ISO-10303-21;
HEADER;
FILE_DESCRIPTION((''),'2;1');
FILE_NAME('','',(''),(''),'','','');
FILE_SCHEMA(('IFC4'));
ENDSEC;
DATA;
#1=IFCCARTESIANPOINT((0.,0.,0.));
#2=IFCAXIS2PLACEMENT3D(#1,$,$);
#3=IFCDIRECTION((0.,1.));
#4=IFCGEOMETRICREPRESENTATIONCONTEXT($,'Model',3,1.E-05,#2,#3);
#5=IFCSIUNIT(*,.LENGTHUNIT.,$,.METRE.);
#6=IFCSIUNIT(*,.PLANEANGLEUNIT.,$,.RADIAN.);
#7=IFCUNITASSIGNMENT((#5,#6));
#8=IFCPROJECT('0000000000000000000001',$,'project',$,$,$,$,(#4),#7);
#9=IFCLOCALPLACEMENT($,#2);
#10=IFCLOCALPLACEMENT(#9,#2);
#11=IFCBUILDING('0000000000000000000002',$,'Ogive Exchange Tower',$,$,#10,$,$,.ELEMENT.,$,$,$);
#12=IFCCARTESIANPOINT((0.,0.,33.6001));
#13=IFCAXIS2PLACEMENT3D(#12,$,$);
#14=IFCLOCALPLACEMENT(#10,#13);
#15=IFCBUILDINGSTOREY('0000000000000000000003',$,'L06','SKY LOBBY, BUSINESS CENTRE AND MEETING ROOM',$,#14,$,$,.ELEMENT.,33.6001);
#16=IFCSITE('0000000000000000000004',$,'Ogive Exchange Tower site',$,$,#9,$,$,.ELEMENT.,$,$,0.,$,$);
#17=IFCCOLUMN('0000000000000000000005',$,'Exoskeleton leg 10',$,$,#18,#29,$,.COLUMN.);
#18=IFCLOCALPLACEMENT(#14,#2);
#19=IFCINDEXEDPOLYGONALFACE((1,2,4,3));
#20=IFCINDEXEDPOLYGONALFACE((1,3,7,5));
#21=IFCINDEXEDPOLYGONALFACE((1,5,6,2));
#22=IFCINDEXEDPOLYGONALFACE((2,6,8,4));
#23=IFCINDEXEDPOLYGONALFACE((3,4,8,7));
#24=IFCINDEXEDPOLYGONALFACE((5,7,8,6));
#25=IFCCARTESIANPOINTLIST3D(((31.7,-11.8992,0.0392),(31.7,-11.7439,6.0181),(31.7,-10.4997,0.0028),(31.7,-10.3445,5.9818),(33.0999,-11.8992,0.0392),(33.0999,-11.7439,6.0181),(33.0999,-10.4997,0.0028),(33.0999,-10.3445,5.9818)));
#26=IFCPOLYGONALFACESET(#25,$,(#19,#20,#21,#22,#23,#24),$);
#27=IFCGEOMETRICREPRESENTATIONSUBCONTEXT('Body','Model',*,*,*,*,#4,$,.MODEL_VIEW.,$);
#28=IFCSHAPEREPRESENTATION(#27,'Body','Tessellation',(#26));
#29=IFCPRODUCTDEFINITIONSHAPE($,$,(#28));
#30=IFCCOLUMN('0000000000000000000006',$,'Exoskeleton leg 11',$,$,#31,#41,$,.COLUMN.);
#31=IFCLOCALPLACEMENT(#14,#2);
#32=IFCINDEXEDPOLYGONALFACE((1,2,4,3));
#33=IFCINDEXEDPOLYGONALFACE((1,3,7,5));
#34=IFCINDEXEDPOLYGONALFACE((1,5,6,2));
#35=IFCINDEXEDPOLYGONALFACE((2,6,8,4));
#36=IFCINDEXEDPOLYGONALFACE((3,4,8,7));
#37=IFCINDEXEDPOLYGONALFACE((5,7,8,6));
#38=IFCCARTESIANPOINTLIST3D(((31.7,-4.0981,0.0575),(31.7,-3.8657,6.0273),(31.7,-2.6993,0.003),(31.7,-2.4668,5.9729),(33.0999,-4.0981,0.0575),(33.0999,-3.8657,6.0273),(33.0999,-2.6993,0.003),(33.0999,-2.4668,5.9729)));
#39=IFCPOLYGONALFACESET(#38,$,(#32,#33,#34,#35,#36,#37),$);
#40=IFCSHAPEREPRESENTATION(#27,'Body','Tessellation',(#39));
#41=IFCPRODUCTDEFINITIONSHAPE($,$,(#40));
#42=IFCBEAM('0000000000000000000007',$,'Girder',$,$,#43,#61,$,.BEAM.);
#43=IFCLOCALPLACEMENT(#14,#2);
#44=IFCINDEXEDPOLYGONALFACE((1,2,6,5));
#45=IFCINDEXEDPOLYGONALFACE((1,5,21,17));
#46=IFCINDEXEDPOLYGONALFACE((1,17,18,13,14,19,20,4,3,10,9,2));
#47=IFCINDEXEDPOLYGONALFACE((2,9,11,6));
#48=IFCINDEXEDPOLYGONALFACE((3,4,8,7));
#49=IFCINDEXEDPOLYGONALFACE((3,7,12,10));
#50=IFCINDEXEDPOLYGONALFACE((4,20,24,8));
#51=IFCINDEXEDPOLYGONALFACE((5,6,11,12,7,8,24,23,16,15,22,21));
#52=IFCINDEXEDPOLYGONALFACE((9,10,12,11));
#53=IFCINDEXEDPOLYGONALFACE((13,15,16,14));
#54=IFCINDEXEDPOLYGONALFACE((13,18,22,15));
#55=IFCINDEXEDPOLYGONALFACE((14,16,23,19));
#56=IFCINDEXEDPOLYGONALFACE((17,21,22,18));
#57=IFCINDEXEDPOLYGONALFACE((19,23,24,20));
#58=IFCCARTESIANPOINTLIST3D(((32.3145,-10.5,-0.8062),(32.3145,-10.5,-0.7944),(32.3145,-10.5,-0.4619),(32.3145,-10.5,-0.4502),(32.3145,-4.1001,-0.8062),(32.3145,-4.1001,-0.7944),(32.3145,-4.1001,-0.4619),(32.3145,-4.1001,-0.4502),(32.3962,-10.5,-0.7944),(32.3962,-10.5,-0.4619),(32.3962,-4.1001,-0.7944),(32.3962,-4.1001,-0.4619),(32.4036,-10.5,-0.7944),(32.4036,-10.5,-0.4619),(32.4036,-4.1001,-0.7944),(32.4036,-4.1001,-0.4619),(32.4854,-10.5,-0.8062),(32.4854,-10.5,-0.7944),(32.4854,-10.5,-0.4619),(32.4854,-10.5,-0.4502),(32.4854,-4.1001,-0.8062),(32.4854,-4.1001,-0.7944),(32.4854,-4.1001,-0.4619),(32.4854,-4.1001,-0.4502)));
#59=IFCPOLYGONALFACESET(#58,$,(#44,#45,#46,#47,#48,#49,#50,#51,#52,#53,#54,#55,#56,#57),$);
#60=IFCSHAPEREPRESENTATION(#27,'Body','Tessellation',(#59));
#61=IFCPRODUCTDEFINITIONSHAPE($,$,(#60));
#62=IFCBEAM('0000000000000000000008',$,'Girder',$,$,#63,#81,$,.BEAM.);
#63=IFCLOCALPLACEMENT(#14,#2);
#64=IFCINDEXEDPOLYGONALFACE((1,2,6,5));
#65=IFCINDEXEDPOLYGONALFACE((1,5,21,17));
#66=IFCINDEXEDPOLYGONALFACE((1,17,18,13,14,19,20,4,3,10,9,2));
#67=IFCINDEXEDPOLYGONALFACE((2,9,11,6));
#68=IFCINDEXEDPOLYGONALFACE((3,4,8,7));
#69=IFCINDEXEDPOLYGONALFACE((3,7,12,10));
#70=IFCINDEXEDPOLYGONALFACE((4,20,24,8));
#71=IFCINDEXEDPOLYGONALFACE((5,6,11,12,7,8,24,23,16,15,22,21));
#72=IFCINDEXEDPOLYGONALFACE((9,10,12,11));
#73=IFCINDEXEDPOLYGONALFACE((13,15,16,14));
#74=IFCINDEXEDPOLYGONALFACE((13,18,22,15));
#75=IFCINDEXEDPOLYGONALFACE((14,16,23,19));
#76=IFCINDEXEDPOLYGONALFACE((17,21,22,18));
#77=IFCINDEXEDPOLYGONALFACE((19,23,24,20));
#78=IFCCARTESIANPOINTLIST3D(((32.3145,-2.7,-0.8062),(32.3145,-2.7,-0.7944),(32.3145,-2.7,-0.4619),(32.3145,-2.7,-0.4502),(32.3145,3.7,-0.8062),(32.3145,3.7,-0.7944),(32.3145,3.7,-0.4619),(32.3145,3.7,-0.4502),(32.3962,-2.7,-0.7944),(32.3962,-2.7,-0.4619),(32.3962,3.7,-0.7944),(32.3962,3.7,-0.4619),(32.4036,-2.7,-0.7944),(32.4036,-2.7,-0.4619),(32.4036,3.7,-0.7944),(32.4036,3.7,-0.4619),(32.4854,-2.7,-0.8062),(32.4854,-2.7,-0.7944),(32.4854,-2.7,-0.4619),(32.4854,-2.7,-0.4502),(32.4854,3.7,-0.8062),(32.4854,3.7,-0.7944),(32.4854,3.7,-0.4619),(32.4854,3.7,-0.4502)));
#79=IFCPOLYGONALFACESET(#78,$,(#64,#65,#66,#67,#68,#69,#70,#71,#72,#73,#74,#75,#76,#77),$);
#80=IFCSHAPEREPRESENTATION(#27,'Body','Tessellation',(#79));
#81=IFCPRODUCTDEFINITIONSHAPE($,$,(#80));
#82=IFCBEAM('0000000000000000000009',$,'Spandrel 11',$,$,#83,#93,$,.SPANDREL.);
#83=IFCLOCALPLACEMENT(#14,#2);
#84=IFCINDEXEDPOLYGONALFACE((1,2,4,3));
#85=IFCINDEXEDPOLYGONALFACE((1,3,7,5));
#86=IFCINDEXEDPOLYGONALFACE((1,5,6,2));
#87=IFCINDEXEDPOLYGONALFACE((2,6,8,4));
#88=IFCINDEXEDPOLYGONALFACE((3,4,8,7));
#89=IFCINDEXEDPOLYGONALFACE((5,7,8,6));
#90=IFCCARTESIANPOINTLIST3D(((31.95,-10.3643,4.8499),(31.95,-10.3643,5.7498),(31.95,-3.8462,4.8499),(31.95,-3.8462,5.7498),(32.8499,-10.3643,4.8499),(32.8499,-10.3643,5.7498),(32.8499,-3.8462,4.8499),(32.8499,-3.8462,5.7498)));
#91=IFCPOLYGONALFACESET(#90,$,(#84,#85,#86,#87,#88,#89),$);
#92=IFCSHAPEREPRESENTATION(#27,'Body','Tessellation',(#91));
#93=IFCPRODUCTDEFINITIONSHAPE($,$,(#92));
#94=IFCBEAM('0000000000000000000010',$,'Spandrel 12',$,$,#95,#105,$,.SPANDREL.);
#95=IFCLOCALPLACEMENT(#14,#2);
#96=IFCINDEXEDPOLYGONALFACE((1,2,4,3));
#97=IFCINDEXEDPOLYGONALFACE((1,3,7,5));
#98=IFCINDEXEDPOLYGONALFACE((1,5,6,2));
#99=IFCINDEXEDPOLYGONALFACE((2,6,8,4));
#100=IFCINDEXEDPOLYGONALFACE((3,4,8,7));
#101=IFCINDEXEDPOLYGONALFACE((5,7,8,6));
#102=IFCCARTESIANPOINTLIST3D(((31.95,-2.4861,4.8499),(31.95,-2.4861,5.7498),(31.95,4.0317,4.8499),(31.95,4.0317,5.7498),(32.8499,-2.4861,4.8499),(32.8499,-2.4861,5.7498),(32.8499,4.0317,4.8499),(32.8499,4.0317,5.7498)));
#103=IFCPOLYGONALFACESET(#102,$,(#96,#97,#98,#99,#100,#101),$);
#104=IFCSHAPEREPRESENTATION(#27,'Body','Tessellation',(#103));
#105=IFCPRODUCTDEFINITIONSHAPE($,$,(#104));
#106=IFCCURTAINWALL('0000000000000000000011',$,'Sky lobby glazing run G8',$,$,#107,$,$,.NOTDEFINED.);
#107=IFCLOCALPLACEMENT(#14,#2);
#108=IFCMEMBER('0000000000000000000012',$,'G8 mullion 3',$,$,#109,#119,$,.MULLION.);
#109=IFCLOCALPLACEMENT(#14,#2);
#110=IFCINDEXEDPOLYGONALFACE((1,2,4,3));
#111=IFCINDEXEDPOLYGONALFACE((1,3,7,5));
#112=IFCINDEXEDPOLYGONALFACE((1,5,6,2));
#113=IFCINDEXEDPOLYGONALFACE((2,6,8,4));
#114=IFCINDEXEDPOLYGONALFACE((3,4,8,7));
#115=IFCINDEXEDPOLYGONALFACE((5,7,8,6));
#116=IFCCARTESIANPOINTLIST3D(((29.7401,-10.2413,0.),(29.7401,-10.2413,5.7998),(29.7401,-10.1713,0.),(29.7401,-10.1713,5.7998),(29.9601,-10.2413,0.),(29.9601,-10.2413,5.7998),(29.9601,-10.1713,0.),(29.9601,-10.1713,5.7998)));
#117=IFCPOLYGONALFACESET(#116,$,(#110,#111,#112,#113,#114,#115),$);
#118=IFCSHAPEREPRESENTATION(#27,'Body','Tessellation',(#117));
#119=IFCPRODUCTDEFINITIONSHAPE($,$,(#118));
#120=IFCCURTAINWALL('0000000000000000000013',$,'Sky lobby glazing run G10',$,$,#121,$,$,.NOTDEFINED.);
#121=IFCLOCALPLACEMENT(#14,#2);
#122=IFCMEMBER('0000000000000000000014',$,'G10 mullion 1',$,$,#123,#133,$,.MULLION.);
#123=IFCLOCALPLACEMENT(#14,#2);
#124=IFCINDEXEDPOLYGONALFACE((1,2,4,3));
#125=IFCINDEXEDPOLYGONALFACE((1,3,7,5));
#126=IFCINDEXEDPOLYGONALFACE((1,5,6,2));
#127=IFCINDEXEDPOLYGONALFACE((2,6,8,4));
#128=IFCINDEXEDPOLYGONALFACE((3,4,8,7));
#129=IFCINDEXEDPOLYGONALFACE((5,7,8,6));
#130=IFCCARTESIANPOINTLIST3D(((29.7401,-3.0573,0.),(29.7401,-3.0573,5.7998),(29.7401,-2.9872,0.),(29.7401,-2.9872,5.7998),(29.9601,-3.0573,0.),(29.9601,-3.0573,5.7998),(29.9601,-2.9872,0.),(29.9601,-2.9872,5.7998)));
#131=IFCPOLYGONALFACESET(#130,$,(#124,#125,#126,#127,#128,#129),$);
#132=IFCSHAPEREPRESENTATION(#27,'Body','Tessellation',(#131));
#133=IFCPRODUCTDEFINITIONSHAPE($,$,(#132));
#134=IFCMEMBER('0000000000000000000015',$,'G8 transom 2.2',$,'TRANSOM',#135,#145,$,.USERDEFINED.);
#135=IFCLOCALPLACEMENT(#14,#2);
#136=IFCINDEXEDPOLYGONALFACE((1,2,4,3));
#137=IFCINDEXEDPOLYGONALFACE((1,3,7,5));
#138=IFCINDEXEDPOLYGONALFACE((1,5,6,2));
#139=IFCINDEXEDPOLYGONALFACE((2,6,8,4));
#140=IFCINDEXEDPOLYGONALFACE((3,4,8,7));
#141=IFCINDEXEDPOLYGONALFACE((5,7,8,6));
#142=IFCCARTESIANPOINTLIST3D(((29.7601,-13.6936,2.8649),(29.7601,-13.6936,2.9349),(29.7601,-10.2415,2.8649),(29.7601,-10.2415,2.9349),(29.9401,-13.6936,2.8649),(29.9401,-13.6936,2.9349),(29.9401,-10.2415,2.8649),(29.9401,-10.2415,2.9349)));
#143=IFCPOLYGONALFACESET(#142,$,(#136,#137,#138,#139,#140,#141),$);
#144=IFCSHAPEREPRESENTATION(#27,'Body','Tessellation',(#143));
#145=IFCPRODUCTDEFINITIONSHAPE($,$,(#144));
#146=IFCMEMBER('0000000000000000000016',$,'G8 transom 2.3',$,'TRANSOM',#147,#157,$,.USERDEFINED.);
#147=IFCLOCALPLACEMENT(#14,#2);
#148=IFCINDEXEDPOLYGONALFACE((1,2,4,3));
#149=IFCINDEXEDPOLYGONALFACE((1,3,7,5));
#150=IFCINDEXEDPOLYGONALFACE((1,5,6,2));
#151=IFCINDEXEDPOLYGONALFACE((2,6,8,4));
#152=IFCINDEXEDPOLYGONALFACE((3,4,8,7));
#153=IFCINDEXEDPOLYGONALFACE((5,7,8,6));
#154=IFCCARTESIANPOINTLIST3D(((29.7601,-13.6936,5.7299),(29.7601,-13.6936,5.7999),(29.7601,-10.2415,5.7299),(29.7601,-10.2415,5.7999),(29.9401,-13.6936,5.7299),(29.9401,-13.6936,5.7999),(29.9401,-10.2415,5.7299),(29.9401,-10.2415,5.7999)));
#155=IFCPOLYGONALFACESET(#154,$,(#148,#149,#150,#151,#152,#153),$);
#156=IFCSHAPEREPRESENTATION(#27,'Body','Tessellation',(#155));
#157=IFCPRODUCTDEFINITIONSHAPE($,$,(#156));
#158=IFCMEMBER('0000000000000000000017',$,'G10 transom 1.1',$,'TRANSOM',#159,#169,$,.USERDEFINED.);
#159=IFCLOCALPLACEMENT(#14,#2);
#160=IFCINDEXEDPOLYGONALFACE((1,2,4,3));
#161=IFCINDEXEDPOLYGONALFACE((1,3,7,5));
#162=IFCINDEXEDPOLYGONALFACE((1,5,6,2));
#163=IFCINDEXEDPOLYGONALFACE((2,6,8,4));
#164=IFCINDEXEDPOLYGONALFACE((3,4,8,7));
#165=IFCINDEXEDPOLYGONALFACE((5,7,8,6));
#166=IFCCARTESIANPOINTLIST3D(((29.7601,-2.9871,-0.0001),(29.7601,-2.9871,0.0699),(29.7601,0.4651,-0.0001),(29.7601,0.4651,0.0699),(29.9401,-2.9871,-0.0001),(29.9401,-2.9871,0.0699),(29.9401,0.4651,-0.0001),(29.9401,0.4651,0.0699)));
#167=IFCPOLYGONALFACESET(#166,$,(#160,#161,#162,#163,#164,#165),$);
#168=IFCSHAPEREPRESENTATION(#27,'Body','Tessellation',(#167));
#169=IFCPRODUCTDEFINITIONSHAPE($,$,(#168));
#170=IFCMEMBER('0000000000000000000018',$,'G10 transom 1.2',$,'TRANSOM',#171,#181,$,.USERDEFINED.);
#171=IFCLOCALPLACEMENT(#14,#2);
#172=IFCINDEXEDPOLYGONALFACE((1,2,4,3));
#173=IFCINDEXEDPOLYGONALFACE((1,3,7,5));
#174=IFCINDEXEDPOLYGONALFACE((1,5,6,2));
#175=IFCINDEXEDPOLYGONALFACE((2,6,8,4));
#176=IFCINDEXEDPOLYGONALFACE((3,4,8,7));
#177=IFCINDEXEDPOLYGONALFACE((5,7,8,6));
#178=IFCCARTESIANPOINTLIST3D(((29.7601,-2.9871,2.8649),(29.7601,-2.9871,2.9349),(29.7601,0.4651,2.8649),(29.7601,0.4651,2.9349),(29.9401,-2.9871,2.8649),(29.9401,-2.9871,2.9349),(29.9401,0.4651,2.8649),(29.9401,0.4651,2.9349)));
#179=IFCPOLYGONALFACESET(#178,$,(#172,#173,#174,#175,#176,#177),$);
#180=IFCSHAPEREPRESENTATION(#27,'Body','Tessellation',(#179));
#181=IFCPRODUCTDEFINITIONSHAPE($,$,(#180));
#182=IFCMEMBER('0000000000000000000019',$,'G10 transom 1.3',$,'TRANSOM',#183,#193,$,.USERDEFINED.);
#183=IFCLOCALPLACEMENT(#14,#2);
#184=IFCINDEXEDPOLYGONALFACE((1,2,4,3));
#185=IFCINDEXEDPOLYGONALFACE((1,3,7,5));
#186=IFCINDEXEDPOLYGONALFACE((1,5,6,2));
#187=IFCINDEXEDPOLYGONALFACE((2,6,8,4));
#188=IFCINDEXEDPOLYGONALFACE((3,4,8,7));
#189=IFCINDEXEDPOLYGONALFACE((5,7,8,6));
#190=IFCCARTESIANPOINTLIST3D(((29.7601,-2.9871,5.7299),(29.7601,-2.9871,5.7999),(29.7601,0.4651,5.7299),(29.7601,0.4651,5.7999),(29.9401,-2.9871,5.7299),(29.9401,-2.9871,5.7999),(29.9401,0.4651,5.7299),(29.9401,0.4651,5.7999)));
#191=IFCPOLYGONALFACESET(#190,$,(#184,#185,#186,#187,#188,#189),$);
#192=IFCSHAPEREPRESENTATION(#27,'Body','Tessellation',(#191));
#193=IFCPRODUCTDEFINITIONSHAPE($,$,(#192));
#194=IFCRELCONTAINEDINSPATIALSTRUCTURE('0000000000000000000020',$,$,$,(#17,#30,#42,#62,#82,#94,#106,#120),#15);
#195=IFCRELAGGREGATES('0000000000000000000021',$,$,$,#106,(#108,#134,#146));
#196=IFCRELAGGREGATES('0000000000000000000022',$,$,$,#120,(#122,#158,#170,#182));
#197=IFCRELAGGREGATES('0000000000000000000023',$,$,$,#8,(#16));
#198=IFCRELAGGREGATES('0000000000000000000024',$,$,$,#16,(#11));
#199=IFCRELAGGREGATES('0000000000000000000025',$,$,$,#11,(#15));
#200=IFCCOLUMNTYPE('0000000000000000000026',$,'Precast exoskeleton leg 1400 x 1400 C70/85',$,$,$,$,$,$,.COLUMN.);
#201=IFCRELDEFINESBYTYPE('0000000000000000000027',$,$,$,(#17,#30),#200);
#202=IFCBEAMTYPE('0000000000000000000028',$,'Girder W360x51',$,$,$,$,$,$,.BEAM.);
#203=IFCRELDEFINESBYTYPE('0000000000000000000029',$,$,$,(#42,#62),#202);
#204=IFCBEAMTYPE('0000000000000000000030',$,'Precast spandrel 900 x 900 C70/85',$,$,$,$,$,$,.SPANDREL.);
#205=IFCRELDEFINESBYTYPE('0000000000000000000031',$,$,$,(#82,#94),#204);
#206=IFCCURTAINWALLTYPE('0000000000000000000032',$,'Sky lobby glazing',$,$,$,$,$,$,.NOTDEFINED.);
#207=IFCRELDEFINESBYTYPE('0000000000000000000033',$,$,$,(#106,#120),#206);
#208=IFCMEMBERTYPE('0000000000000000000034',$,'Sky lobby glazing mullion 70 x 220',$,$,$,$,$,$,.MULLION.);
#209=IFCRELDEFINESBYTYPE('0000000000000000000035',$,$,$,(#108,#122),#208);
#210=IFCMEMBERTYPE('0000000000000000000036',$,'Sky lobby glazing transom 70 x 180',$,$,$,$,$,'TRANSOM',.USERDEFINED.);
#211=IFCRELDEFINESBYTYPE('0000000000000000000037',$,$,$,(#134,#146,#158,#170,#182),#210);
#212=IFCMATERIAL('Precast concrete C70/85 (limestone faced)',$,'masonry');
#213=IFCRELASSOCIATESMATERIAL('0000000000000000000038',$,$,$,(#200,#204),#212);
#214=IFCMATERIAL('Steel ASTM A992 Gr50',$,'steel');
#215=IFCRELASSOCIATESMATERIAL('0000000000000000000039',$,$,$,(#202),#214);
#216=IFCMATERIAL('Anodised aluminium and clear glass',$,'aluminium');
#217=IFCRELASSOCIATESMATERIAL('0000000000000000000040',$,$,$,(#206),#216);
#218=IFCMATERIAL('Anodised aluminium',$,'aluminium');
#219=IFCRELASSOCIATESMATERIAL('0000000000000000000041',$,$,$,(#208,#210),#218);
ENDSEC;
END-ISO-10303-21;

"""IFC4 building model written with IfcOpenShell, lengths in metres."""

from ifc_helpers import new_model, si_unit, direction, frame, origin, origin_2d, place, context, subcontext, project, spatial, rectangle, i_section, extrude, material, material_profile, profile_set, type_object, element, aggregate, save


model = new_model("IFC4")

# Units and contexts
model_context = context("Model", 3, precision=1e-05, world=origin(), true_north=direction((0.0, 1.0)))
body_context = subcontext(model_context, "Body", "Model", "MODEL_VIEW")
ifc_project = project(units=[si_unit("LENGTHUNIT", "METRE"), si_unit("PLANEANGLEUNIT", "RADIAN")], contexts=[model_context])

# Site, building, storey
site_placement = place(None, origin())
site = spatial("IfcSite", under=ifc_project, at=site_placement, Name="Ogive Exchange Tower site", CompositionType="ELEMENT", RefElevation=0.0)
building_placement = place(site_placement, origin())
building = spatial("IfcBuilding", under=site, at=building_placement, Name="Ogive Exchange Tower", CompositionType="ELEMENT")
storey_placement = place(building_placement, frame((0.0, 0.0, 33.6001)))
storey = spatial("IfcBuildingStorey", under=building, at=storey_placement, Name="L06", Description="SKY LOBBY, BUSINESS CENTRE AND MEETING ROOM", CompositionType="ELEMENT", Elevation=33.6001)

# Columns
ifc_material_1 = material(Name="Precast concrete C70/85 (limestone faced)", Category="masonry")
ifc_material_profile_1 = material_profile(ifc_material_1, rectangle(XDim=1.3999, YDim=1.3999, at=origin_2d()), Name="1400 x 1400")
ifc_profile_set_1 = profile_set([ifc_material_profile_1], Name="Precast concrete C70/85 (limestone faced)")
column_type = type_object("IfcColumnType", Name="Precast exoskeleton leg 1400 x 1400 C70/85", PredefinedType="COLUMN", material=ifc_profile_set_1)
column_1_placement = place(storey_placement, frame((32.3999, -11.1995, 0.021), z_axis=(0.0, 0.025961, 0.999663), x_axis=(-1.0, 0.0, 0.0)))
element("IfcColumn", 1, at=column_1_placement, inside=storey, type_object=column_type, Name="Exoskeleton leg 10", PredefinedType="COLUMN", context=body_context, shape_type="SweptSolid", body=[
    extrude(rectangle(XDim=1.3999, YDim=1.3999, at=origin_2d()), origin(), (0.0, 0.0, 1.0), 5.981),
])
column_2_placement = place(storey_placement, frame((32.3999, -3.3987, 0.0303), z_axis=(0.0, 0.038904, 0.999243), x_axis=(-1.0, 0.0, 0.0)))
element("IfcColumn", 2, at=column_2_placement, inside=storey, type_object=column_type, Name="Exoskeleton leg 11", PredefinedType="COLUMN", context=body_context, shape_type="SweptSolid", body=[
    extrude(rectangle(XDim=1.3999, YDim=1.3999, at=origin_2d()), origin(), (0.0, 0.0, 1.0), 5.9744),
])

# Beams
ifc_material_2 = material(Name="Steel ASTM A992 Gr50", Category="steel")
ifc_material_profile_2 = material_profile(ifc_material_2, i_section(OverallWidth=0.1709, OverallDepth=0.356, WebThickness=0.0073, FlangeThickness=0.0117, at=origin_2d()), Name="W360x51")
ifc_profile_set_2 = profile_set([ifc_material_profile_2], Name="Steel ASTM A992 Gr50")
beam_type_1 = type_object("IfcBeamType", Name="Girder W360x51", PredefinedType="BEAM", material=ifc_profile_set_2)
for number, where, z_axis, x_axis, name in (
    (3, (32.3999, -10.5, -0.6282), (0.0, 1.0, 0.0), (-1.0, 0.0, 0.0), "Girder"),
    (4, (32.3999, -2.7, -0.6282), (0.0, 1.0, 0.0), (-1.0, 0.0, 0.0), "Girder"),
):
    element("IfcBeam", number, at=place(storey_placement, frame(where, z_axis=z_axis, x_axis=x_axis)), inside=storey, type_object=beam_type_1, Name=name, PredefinedType="BEAM", context=body_context, shape_type="SweptSolid", body=[
        extrude(i_section(OverallWidth=0.1709, OverallDepth=0.356, WebThickness=0.0073, FlangeThickness=0.0117, at=origin_2d()), origin(), (0.0, 0.0, 1.0), 6.3999),
    ])
ifc_material_profile_3 = material_profile(ifc_material_1, rectangle(XDim=0.8999, YDim=0.8999, at=origin_2d()), Name="900 x 900")
ifc_profile_set_3 = profile_set([ifc_material_profile_3], Name="Precast concrete C70/85 (limestone faced)")
beam_type_2 = type_object("IfcBeamType", Name="Precast spandrel 900 x 900 C70/85", PredefinedType="SPANDREL", material=ifc_profile_set_3)
beam_1_placement = place(storey_placement, frame((32.3999, -10.3643, 5.2998), z_axis=(0.0, 1.0, 0.0), x_axis=(-1.0, 0.0, 0.0)))
element("IfcBeam", 5, at=beam_1_placement, inside=storey, type_object=beam_type_2, Name="Spandrel 11", PredefinedType="SPANDREL", context=body_context, shape_type="SweptSolid", body=[
    extrude(rectangle(XDim=0.8999, YDim=0.8999, at=origin_2d()), origin(), (0.0, 0.0, 1.0), 6.5181),
])
beam_2_placement = place(storey_placement, frame((32.3999, -2.4861, 5.2998), z_axis=(0.0, 1.0, 0.0), x_axis=(-1.0, 0.0, 0.0)))
element("IfcBeam", 6, at=beam_2_placement, inside=storey, type_object=beam_type_2, Name="Spandrel 12", PredefinedType="SPANDREL", context=body_context, shape_type="SweptSolid", body=[
    extrude(rectangle(XDim=0.8999, YDim=0.8999, at=origin_2d()), origin(), (0.0, 0.0, 1.0), 6.5178),
])

# Curtain walls, members
ifc_material_3 = material(Name="Anodised aluminium and clear glass", Category="aluminium")
curtain_wall_type = type_object("IfcCurtainWallType", Name="Sky lobby glazing", PredefinedType="NOTDEFINED", material=ifc_material_3)
curtain_wall_1_placement = place(storey_placement, origin())
curtain_wall_1 = element("IfcCurtainWall", 7, at=curtain_wall_1_placement, inside=storey, type_object=curtain_wall_type, Name="Sky lobby glazing run G8", PredefinedType="NOTDEFINED")
ifc_material_4 = material(Name="Anodised aluminium", Category="aluminium")
ifc_material_profile_4 = material_profile(ifc_material_4, rectangle(XDim=0.22, YDim=0.0701, at=origin_2d()), Name="AL 70x220")
ifc_profile_set_4 = profile_set([ifc_material_profile_4], Name="Anodised aluminium")
member_type_1 = type_object("IfcMemberType", Name="Sky lobby glazing mullion 70 x 220", PredefinedType="MULLION", material=ifc_profile_set_4)
member_1_placement = place(storey_placement, frame((29.8501, -10.2063, 0.0), z_axis=(0.0, 0.0, 1.0), x_axis=(-1.0, 0.0, 0.0)))
member_1 = element("IfcMember", 8, at=member_1_placement, type_object=member_type_1, Name="G8 mullion 3", PredefinedType="MULLION", context=body_context, shape_type="SweptSolid", body=[
    extrude(rectangle(XDim=0.22, YDim=0.0701, at=origin_2d()), origin(), (0.0, 0.0, 1.0), 5.7998),
])
curtain_wall_2_placement = place(storey_placement, origin())
curtain_wall_2 = element("IfcCurtainWall", 9, at=curtain_wall_2_placement, inside=storey, type_object=curtain_wall_type, Name="Sky lobby glazing run G10", PredefinedType="NOTDEFINED")
member_2_placement = place(storey_placement, frame((29.8501, -3.0222, 0.0), z_axis=(0.0, 0.0, 1.0), x_axis=(-1.0, 0.0, 0.0)))
member_2 = element("IfcMember", 10, at=member_2_placement, type_object=member_type_1, Name="G10 mullion 1", PredefinedType="MULLION", context=body_context, shape_type="SweptSolid", body=[
    extrude(rectangle(XDim=0.22, YDim=0.0701, at=origin_2d()), origin(), (0.0, 0.0, 1.0), 5.7998),
])

# Members
ifc_material_profile_5 = material_profile(ifc_material_4, rectangle(XDim=0.1799, YDim=0.0701, at=origin_2d()), Name="AL 70x180")
ifc_profile_set_5 = profile_set([ifc_material_profile_5], Name="Anodised aluminium")
member_type_2 = type_object("IfcMemberType", Name="Sky lobby glazing transom 70 x 180", ElementType="TRANSOM", PredefinedType="USERDEFINED", material=ifc_profile_set_5)
member_3_placement = place(storey_placement, frame((29.8501, -13.6936, 2.8999), z_axis=(0.0, 1.0, 0.0), x_axis=(-1.0, 0.0, 0.0)))
member_3 = element("IfcMember", 11, at=member_3_placement, type_object=member_type_2, Name="G8 transom 2.2", ObjectType="TRANSOM", PredefinedType="USERDEFINED", context=body_context, shape_type="SweptSolid", body=[
    extrude(rectangle(XDim=0.1799, YDim=0.0701, at=origin_2d()), origin(), (0.0, 0.0, 1.0), 3.4521),
])
member_4_placement = place(storey_placement, frame((29.8501, -13.6936, 5.7649), z_axis=(0.0, 1.0, 0.0), x_axis=(-1.0, 0.0, 0.0)))
member_4 = element("IfcMember", 12, at=member_4_placement, type_object=member_type_2, Name="G8 transom 2.3", ObjectType="TRANSOM", PredefinedType="USERDEFINED", context=body_context, shape_type="SweptSolid", body=[
    extrude(rectangle(XDim=0.1799, YDim=0.0701, at=origin_2d()), origin(), (0.0, 0.0, 1.0), 3.4521),
])
member_5_placement = place(storey_placement, frame((29.8501, -2.9871, 0.0349), z_axis=(0.0, 1.0, 0.0), x_axis=(-1.0, 0.0, 0.0)))
member_5 = element("IfcMember", 13, at=member_5_placement, type_object=member_type_2, Name="G10 transom 1.1", ObjectType="TRANSOM", PredefinedType="USERDEFINED", context=body_context, shape_type="SweptSolid", body=[
    extrude(rectangle(XDim=0.1799, YDim=0.0701, at=origin_2d()), origin(), (0.0, 0.0, 1.0), 3.4521),
])
member_6_placement = place(storey_placement, frame((29.8501, -2.9871, 2.8999), z_axis=(0.0, 1.0, 0.0), x_axis=(-1.0, 0.0, 0.0)))
member_6 = element("IfcMember", 14, at=member_6_placement, type_object=member_type_2, Name="G10 transom 1.2", ObjectType="TRANSOM", PredefinedType="USERDEFINED", context=body_context, shape_type="SweptSolid", body=[
    extrude(rectangle(XDim=0.1799, YDim=0.0701, at=origin_2d()), origin(), (0.0, 0.0, 1.0), 3.4521),
])
member_7_placement = place(storey_placement, frame((29.8501, -2.9871, 5.7649), z_axis=(0.0, 1.0, 0.0), x_axis=(-1.0, 0.0, 0.0)))
member_7 = element("IfcMember", 15, at=member_7_placement, type_object=member_type_2, Name="G10 transom 1.3", ObjectType="TRANSOM", PredefinedType="USERDEFINED", context=body_context, shape_type="SweptSolid", body=[
    extrude(rectangle(XDim=0.1799, YDim=0.0701, at=origin_2d()), origin(), (0.0, 0.0, 1.0), 3.4521),
])

aggregate(curtain_wall_1, [member_1, member_3, member_4])
aggregate(curtain_wall_2, [member_2, member_5, member_6, member_7])

save(model, "model.ifc")
